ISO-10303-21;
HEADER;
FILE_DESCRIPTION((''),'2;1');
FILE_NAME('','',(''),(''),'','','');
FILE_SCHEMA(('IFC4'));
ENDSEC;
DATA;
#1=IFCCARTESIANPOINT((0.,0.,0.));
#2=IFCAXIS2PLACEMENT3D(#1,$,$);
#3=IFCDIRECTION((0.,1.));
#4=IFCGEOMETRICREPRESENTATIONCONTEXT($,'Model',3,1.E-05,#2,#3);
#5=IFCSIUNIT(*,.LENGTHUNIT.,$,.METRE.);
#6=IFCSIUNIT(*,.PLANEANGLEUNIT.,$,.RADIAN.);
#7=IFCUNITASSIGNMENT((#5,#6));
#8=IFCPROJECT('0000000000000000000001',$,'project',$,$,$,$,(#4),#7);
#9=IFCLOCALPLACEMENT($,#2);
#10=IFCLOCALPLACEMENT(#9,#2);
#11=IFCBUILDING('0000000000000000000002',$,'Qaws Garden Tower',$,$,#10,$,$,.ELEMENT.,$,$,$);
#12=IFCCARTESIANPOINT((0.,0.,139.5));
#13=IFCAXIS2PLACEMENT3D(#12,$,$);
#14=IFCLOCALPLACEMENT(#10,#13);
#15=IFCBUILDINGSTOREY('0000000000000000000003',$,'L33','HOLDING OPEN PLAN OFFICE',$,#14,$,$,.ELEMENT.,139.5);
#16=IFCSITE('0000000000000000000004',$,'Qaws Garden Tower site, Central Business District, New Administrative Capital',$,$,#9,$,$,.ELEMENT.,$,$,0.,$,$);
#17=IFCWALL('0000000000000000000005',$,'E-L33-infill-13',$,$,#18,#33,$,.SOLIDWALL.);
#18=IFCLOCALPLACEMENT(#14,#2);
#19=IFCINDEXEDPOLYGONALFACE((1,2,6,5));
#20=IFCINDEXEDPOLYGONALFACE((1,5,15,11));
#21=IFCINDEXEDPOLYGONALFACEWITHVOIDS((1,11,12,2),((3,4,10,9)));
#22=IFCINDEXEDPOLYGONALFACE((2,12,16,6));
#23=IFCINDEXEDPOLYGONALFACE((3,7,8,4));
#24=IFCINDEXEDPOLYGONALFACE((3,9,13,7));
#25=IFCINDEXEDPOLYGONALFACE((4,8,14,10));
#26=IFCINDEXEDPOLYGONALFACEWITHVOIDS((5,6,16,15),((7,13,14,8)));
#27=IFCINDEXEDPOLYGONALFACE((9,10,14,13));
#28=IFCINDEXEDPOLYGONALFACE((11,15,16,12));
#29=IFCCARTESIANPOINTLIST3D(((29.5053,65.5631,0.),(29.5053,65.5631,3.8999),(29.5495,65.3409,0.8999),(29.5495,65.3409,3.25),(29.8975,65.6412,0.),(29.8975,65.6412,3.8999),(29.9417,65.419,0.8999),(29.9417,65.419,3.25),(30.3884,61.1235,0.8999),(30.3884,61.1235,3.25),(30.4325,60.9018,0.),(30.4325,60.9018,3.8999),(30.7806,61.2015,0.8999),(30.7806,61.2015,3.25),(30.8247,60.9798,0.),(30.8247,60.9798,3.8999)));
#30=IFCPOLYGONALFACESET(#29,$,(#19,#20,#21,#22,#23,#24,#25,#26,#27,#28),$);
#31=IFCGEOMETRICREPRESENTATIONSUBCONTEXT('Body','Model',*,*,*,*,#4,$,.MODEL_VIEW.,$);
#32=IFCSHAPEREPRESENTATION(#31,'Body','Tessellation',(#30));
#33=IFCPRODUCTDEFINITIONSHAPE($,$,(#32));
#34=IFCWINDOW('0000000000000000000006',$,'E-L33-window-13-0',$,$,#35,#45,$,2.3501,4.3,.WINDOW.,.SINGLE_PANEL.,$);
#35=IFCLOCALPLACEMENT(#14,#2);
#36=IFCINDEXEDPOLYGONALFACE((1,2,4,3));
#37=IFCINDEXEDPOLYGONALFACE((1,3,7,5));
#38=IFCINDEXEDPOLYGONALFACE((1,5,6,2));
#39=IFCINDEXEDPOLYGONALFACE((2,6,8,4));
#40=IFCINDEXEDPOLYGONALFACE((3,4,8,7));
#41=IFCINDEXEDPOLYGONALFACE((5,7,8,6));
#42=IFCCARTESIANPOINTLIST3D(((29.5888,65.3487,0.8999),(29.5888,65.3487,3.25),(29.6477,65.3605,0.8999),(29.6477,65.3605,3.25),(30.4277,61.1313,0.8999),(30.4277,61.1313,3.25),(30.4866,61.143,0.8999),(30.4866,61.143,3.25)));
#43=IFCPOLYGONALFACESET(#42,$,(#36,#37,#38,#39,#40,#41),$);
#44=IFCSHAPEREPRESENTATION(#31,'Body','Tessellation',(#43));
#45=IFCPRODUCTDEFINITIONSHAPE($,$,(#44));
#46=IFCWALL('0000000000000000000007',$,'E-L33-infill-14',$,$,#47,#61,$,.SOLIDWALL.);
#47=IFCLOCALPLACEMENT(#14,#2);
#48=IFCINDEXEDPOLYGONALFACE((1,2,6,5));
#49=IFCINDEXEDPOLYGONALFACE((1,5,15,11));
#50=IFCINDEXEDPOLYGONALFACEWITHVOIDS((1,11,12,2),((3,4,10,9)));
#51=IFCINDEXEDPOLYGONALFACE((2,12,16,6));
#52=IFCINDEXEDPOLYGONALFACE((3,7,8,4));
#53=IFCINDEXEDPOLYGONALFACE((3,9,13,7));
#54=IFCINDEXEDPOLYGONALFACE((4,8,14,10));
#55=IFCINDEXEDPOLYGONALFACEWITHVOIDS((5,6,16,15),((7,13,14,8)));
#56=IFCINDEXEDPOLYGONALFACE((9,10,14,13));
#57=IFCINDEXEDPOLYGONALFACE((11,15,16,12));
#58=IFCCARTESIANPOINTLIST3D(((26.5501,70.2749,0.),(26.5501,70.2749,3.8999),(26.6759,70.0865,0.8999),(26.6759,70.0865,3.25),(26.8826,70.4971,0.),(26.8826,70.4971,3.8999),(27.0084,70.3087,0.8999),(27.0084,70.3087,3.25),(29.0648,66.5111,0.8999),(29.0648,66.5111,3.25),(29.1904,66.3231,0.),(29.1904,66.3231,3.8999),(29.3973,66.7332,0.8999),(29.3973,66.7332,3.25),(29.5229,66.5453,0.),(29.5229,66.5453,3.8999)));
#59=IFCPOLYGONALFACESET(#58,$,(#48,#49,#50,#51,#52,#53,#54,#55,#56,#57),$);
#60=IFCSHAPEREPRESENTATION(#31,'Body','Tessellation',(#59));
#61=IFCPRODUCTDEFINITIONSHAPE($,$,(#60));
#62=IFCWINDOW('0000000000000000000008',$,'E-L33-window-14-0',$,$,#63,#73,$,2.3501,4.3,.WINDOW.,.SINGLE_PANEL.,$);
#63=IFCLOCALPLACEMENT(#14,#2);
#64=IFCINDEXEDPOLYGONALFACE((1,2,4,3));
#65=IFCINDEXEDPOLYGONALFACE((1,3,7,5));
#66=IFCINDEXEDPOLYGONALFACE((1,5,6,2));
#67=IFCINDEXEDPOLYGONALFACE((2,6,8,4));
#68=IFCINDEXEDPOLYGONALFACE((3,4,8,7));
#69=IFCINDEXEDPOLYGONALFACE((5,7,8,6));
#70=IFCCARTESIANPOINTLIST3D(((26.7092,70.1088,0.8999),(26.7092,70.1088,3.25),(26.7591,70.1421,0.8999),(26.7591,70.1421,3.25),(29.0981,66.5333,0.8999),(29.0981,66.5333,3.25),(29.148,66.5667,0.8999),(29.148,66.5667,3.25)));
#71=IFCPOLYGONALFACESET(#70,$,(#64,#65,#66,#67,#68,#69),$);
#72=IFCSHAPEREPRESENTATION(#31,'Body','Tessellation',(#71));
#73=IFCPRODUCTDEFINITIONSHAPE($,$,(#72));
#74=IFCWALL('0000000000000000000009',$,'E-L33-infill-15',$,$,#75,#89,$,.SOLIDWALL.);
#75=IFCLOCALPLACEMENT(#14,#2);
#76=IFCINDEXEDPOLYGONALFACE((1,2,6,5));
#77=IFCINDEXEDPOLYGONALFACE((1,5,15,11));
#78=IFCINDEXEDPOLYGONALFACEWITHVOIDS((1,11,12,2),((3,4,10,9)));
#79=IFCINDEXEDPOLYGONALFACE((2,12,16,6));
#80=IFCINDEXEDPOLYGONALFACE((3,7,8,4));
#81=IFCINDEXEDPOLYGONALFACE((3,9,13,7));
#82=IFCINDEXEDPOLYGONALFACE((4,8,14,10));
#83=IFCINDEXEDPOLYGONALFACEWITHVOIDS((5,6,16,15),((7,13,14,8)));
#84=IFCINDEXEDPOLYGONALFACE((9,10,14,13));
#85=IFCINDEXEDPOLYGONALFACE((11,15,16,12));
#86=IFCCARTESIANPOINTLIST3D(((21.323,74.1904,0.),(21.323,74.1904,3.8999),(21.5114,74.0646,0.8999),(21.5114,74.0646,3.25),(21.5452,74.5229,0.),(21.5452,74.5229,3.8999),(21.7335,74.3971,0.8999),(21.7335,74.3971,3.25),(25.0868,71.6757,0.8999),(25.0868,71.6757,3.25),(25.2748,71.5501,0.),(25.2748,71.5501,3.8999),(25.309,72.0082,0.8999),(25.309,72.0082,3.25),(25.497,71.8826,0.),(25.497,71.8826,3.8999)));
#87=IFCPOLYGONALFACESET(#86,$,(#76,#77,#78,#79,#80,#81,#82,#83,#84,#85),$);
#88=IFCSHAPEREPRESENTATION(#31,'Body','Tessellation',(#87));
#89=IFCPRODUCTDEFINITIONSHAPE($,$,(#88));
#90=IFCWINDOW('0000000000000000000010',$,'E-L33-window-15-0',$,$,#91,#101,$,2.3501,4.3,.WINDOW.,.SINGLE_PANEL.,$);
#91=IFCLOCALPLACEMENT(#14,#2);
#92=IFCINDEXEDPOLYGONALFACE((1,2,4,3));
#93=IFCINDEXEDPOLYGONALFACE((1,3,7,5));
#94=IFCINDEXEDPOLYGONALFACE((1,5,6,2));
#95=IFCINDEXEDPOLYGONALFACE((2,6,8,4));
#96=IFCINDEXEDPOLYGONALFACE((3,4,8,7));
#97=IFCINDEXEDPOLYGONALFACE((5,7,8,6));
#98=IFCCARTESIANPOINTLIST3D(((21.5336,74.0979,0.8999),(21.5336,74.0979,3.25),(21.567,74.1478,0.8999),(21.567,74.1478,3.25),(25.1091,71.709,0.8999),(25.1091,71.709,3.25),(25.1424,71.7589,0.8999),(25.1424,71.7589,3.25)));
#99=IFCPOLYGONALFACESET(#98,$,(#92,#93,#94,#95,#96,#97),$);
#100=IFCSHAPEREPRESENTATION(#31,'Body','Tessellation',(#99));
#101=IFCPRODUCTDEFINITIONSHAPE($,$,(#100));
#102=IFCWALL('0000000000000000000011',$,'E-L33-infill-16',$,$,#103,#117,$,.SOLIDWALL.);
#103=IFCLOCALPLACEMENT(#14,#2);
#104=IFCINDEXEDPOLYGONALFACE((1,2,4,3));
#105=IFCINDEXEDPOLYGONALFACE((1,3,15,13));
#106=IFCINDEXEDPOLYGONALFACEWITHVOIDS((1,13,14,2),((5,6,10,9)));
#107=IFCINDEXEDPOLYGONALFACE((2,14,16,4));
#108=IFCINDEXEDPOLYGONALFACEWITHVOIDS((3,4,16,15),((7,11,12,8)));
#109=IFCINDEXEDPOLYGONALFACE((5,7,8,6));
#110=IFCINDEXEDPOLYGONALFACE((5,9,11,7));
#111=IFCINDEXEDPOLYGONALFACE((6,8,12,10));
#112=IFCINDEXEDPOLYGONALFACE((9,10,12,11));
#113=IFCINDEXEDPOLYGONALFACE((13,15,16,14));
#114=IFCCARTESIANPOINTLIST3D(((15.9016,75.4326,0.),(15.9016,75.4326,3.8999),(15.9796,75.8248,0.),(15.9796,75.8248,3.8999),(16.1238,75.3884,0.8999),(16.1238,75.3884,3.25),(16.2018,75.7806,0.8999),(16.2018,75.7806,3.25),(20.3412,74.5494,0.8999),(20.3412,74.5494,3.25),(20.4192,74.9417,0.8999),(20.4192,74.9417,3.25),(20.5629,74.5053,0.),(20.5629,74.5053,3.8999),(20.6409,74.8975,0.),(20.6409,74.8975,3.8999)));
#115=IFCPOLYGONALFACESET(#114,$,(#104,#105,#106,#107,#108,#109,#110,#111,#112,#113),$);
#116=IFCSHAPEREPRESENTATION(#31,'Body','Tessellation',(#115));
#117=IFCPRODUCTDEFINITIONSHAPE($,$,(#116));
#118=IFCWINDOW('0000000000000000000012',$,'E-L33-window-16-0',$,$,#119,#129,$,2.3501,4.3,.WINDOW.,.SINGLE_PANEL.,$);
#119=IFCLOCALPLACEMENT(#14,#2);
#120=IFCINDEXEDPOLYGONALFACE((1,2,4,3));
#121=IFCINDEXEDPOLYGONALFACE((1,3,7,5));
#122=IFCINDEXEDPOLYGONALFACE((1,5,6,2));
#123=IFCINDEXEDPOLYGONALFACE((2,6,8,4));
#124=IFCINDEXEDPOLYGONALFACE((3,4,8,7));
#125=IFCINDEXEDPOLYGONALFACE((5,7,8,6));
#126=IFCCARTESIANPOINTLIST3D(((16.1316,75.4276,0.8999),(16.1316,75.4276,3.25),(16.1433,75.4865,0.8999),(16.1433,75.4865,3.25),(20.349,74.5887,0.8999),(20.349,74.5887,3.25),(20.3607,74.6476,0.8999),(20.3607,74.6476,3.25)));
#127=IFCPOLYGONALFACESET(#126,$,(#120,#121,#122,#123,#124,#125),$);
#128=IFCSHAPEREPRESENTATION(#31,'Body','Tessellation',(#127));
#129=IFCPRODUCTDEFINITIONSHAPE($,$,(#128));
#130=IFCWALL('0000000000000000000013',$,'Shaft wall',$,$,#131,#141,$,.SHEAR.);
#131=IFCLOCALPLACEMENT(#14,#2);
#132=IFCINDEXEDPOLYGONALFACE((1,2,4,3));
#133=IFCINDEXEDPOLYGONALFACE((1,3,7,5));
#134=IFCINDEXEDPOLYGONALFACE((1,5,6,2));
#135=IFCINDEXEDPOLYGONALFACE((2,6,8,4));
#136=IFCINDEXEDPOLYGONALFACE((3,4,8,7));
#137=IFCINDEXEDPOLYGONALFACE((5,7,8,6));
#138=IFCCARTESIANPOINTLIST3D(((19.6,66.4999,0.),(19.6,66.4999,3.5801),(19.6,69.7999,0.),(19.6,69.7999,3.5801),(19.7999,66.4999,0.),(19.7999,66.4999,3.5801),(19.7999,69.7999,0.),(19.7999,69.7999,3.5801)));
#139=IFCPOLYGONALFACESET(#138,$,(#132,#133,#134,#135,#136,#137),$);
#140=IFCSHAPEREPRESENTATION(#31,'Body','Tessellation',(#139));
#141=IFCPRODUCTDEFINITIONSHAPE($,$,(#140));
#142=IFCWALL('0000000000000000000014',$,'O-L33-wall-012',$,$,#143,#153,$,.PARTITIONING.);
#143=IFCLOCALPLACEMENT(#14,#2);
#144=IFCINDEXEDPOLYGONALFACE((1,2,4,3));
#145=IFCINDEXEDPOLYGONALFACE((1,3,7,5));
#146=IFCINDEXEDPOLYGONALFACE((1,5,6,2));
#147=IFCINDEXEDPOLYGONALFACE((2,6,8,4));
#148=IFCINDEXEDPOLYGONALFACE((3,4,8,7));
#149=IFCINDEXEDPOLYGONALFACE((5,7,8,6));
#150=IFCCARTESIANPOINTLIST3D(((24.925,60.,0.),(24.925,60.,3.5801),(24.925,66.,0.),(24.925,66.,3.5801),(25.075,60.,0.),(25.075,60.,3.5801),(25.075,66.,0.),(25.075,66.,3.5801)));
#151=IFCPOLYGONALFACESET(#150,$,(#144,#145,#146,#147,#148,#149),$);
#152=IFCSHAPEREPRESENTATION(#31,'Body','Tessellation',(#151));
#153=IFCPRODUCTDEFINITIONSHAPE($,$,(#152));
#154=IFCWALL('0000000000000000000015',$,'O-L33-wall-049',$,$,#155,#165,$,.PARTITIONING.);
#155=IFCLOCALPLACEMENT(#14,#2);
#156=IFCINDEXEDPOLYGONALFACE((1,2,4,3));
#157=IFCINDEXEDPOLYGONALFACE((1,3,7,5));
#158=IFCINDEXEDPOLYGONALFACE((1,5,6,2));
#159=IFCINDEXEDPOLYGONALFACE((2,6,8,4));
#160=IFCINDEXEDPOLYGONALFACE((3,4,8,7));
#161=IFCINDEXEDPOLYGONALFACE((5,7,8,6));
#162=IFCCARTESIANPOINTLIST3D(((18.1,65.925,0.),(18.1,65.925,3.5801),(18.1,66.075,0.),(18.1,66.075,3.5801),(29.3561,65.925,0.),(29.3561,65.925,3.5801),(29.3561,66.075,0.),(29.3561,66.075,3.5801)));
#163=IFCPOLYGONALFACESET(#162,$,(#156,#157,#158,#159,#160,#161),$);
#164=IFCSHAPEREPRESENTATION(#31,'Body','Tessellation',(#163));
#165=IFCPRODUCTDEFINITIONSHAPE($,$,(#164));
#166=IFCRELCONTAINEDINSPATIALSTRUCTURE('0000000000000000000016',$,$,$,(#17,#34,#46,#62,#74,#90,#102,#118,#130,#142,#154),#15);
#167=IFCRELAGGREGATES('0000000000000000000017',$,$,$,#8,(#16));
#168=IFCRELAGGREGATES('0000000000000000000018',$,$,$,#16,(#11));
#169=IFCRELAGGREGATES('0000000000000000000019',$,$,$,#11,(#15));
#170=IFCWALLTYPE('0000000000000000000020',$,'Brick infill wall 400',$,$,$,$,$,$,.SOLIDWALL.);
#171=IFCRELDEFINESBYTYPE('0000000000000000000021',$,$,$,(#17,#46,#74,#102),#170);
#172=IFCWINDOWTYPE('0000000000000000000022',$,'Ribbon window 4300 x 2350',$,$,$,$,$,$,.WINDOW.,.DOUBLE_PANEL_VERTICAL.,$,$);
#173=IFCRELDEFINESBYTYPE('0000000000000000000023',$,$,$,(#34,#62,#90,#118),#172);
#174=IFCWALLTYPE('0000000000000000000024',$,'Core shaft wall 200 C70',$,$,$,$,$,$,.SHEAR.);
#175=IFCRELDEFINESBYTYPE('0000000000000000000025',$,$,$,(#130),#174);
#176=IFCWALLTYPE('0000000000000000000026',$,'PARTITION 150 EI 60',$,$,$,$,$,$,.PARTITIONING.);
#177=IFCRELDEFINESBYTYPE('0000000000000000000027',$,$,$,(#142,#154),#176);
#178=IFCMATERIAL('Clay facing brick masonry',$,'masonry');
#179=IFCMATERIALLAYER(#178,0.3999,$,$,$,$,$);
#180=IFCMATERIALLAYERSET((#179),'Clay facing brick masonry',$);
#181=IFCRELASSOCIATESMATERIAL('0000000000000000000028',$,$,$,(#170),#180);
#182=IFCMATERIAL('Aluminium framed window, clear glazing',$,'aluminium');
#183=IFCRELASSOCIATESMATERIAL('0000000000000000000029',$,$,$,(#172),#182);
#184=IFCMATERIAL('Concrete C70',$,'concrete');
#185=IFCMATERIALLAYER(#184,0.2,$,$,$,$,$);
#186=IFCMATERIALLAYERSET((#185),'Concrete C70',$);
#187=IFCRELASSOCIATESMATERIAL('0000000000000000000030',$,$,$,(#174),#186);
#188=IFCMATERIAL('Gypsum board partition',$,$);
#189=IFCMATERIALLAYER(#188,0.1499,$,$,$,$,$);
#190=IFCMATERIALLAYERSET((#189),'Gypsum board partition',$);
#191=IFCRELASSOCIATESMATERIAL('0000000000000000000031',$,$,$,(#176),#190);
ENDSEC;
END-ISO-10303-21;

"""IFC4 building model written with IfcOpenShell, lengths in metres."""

from ifc_helpers import new_model, si_unit, direction, frame, frame_2d, origin, place, context, subcontext, project, spatial, rectangle, extrude, material, layer, layer_set, type_object, element, fill, save


model = new_model("IFC4")

# Units and contexts
model_context = context("Model", 3, precision=1e-05, world=origin(), true_north=direction((0.0, 1.0)))
body_context = subcontext(model_context, "Body", "Model", "MODEL_VIEW")
ifc_project = project(units=[si_unit("LENGTHUNIT", "METRE"), si_unit("PLANEANGLEUNIT", "RADIAN")], contexts=[model_context])

# Site, building, storey
site_placement = place(None, origin())
site = spatial("IfcSite", under=ifc_project, at=site_placement, Name="Qaws Garden Tower site, Central Business District, New Administrative Capital", CompositionType="ELEMENT", RefElevation=0.0)
building_placement = place(site_placement, origin())
building = spatial("IfcBuilding", under=site, at=building_placement, Name="Qaws Garden Tower", CompositionType="ELEMENT")
storey_placement = place(building_placement, frame((0.0, 0.0, 139.5)))
storey = spatial("IfcBuildingStorey", under=building, at=storey_placement, Name="L33", Description="HOLDING OPEN PLAN OFFICE", CompositionType="ELEMENT", Elevation=139.5)

# Walls, openings, windows
ifc_material_1 = material(Name="Clay facing brick masonry", Category="masonry")
ifc_layer_1 = layer(ifc_material_1, 0.3999)
ifc_layer_set_1 = layer_set([ifc_layer_1], Name="Clay facing brick masonry")
wall_type_1 = type_object("IfcWallType", Name="Brick infill wall 400", PredefinedType="SOLIDWALL", material=ifc_layer_set_1)
wall_1_placement = place(storey_placement, frame((30.6287, 60.9407, 0.0), z_axis=(0.0, 0.0, 1.0), x_axis=(-0.195099, 0.980784, 0.0)))
wall_1 = element("IfcWall", 1, at=wall_1_placement, inside=storey, type_object=wall_type_1, Name="E-L33-infill-13", PredefinedType="SOLIDWALL", context=body_context, shape_type="SweptSolid", body=[
    extrude(rectangle(XDim=4.7527, YDim=0.3999, at=frame_2d((2.3765, 0.0))), origin(), (0.0, 0.0, 1.0), 3.8999),
])
opening_1_placement = place(wall_1_placement, frame((0.2263, 0.0, 0.8999)))
opening_1 = element("IfcOpeningElement", 2, at=opening_1_placement, cuts=wall_1, PredefinedType="OPENING", context=body_context, shape_type="SweptSolid", body=[
    extrude(rectangle(XDim=4.3, YDim=2.3501, at=frame_2d((2.1499, 1.175))), frame((0.0, 0.21, 0.0), z_axis=(0.0, -1.0, 0.0), x_axis=(1.0, 0.0, 0.0)), (0.0, 0.0, 1.0), 0.4199),
])
ifc_material_2 = material(Name="Aluminium framed window, clear glazing", Category="aluminium")
window_type = type_object("IfcWindowType", Name="Ribbon window 4300 x 2350", PartitioningType="DOUBLE_PANEL_VERTICAL", PredefinedType="WINDOW", material=ifc_material_2)
window_1_placement = place(opening_1_placement, origin())
window_1 = element("IfcWindow", 3, at=window_1_placement, inside=storey, type_object=window_type, Name="E-L33-window-13-0", OverallHeight=2.3501, OverallWidth=4.3, PartitioningType="SINGLE_PANEL", PredefinedType="WINDOW", context=body_context, shape_type="SweptSolid", body=[
    extrude(rectangle(XDim=4.3, YDim=2.3501, at=frame_2d((2.1499, 1.175))), frame((0.0, 0.1599, 0.0), z_axis=(0.0, -1.0, 0.0), x_axis=(1.0, 0.0, 0.0)), (0.0, 0.0, 1.0), 0.0601),
])
fill(opening_1, window_1)
wall_2_placement = place(storey_placement, frame((29.3567, 66.4341, 0.0), z_axis=(0.0, 0.0, 1.0), x_axis=(-0.555542, 0.831489, 0.0)))
wall_2 = element("IfcWall", 4, at=wall_2_placement, inside=storey, type_object=wall_type_1, Name="E-L33-infill-14", PredefinedType="SOLIDWALL", context=body_context, shape_type="SweptSolid", body=[
    extrude(rectangle(XDim=4.7527, YDim=0.3999, at=frame_2d((2.3765, 0.0))), origin(), (0.0, 0.0, 1.0), 3.8999),
])
opening_2_placement = place(wall_2_placement, frame((0.2263, 0.0, 0.8999)))
opening_2 = element("IfcOpeningElement", 5, at=opening_2_placement, cuts=wall_2, PredefinedType="OPENING", context=body_context, shape_type="SweptSolid", body=[
    extrude(rectangle(XDim=4.3, YDim=2.3501, at=frame_2d((2.1499, 1.175))), frame((0.0, 0.21, 0.0), z_axis=(0.0, -1.0, 0.0), x_axis=(1.0, 0.0, 0.0)), (0.0, 0.0, 1.0), 0.4199),
])
window_2_placement = place(opening_2_placement, origin())
window_2 = element("IfcWindow", 6, at=window_2_placement, inside=storey, type_object=window_type, Name="E-L33-window-14-0", OverallHeight=2.3501, OverallWidth=4.3, PartitioningType="SINGLE_PANEL", PredefinedType="WINDOW", context=body_context, shape_type="SweptSolid", body=[
    extrude(rectangle(XDim=4.3, YDim=2.3501, at=frame_2d((2.1499, 1.175))), frame((0.0, 0.1599, 0.0), z_axis=(0.0, -1.0, 0.0), x_axis=(1.0, 0.0, 0.0)), (0.0, 0.0, 1.0), 0.0601),
])
fill(opening_2, window_2)
wall_3_placement = place(storey_placement, frame((25.386, 71.7163, 0.0), z_axis=(0.0, 0.0, 1.0), x_axis=(-0.831489, 0.555542, 0.0)))
wall_3 = element("IfcWall", 7, at=wall_3_placement, inside=storey, type_object=wall_type_1, Name="E-L33-infill-15", PredefinedType="SOLIDWALL", context=body_context, shape_type="SweptSolid", body=[
    extrude(rectangle(XDim=4.7527, YDim=0.3999, at=frame_2d((2.3765, 0.0))), origin(), (0.0, 0.0, 1.0), 3.8999),
])
opening_3_placement = place(wall_3_placement, frame((0.2263, 0.0, 0.8999)))
opening_3 = element("IfcOpeningElement", 8, at=opening_3_placement, cuts=wall_3, PredefinedType="OPENING", context=body_context, shape_type="SweptSolid", body=[
    extrude(rectangle(XDim=4.3, YDim=2.3501, at=frame_2d((2.1499, 1.175))), frame((0.0, 0.21, 0.0), z_axis=(0.0, -1.0, 0.0), x_axis=(1.0, 0.0, 0.0)), (0.0, 0.0, 1.0), 0.4199),
])
window_3_placement = place(opening_3_placement, origin())
window_3 = element("IfcWindow", 9, at=window_3_placement, inside=storey, type_object=window_type, Name="E-L33-window-15-0", OverallHeight=2.3501, OverallWidth=4.3, PartitioningType="SINGLE_PANEL", PredefinedType="WINDOW", context=body_context, shape_type="SweptSolid", body=[
    extrude(rectangle(XDim=4.3, YDim=2.3501, at=frame_2d((2.1499, 1.175))), frame((0.0, 0.1599, 0.0), z_axis=(0.0, -1.0, 0.0), x_axis=(1.0, 0.0, 0.0)), (0.0, 0.0, 1.0), 0.0601),
])
fill(opening_3, window_3)
wall_4_placement = place(storey_placement, frame((20.6021, 74.7014, 0.0), z_axis=(0.0, 0.0, 1.0), x_axis=(-0.980784, 0.195099, 0.0)))
wall_4 = element("IfcWall", 10, at=wall_4_placement, inside=storey, type_object=wall_type_1, Name="E-L33-infill-16", PredefinedType="SOLIDWALL", context=body_context, shape_type="SweptSolid", body=[
    extrude(rectangle(XDim=4.7527, YDim=0.3999, at=frame_2d((2.3765, 0.0))), origin(), (0.0, 0.0, 1.0), 3.8999),
])
opening_4_placement = place(wall_4_placement, frame((0.2263, 0.0, 0.8999)))
opening_4 = element("IfcOpeningElement", 11, at=opening_4_placement, cuts=wall_4, PredefinedType="OPENING", context=body_context, shape_type="SweptSolid", body=[
    extrude(rectangle(XDim=4.3, YDim=2.3501, at=frame_2d((2.1499, 1.175))), frame((0.0, 0.21, 0.0), z_axis=(0.0, -1.0, 0.0), x_axis=(1.0, 0.0, 0.0)), (0.0, 0.0, 1.0), 0.4199),
])
window_4_placement = place(opening_4_placement, origin())
window_4 = element("IfcWindow", 12, at=window_4_placement, inside=storey, type_object=window_type, Name="E-L33-window-16-0", OverallHeight=2.3501, OverallWidth=4.3, PartitioningType="SINGLE_PANEL", PredefinedType="WINDOW", context=body_context, shape_type="SweptSolid", body=[
    extrude(rectangle(XDim=4.3, YDim=2.3501, at=frame_2d((2.1499, 1.175))), frame((0.0, 0.1599, 0.0), z_axis=(0.0, -1.0, 0.0), x_axis=(1.0, 0.0, 0.0)), (0.0, 0.0, 1.0), 0.0601),
])
fill(opening_4, window_4)

# Walls
ifc_material_3 = material(Name="Concrete C70", Category="concrete")
ifc_layer_2 = layer(ifc_material_3, 0.2)
ifc_layer_set_2 = layer_set([ifc_layer_2], Name="Concrete C70")
wall_type_2 = type_object("IfcWallType", Name="Core shaft wall 200 C70", PredefinedType="SHEAR", material=ifc_layer_set_2)
wall_5_placement = place(storey_placement, frame((19.7, 66.5, 0.0), z_axis=(0.0, 0.0, 1.0), x_axis=(0.0, 1.0, 0.0)))
element("IfcWall", 13, at=wall_5_placement, inside=storey, type_object=wall_type_2, Name="Shaft wall", PredefinedType="SHEAR", context=body_context, shape_type="SweptSolid", body=[
    extrude(rectangle(XDim=3.3, YDim=0.2, at=frame_2d((1.6499, 0.0))), origin(), (0.0, 0.0, 1.0), 3.5801),
])
ifc_material_4 = material(Name="Gypsum board partition")
ifc_layer_3 = layer(ifc_material_4, 0.1499)
ifc_layer_set_3 = layer_set([ifc_layer_3], Name="Gypsum board partition")
wall_type_3 = type_object("IfcWallType", Name="PARTITION 150 EI 60", PredefinedType="PARTITIONING", material=ifc_layer_set_3)
wall_6_placement = place(storey_placement, frame((25.0, 60.0, 0.0), z_axis=(0.0, 0.0, 1.0), x_axis=(0.0, 1.0, 0.0)))
element("IfcWall", 14, at=wall_6_placement, inside=storey, type_object=wall_type_3, Name="O-L33-wall-012", PredefinedType="PARTITIONING", context=body_context, shape_type="SweptSolid", body=[
    extrude(rectangle(XDim=6.0, YDim=0.1499, at=frame_2d((3.0, 0.0))), origin(), (0.0, 0.0, 1.0), 3.5801),
])
wall_7_placement = place(storey_placement, frame((18.1001, 66.0, 0.0), z_axis=(0.0, 0.0, 1.0), x_axis=(1.0, 0.0, 0.0)))
element("IfcWall", 15, at=wall_7_placement, inside=storey, type_object=wall_type_3, Name="O-L33-wall-049", PredefinedType="PARTITIONING", context=body_context, shape_type="SweptSolid", body=[
    extrude(rectangle(XDim=11.2561, YDim=0.1499, at=frame_2d((5.6279, 0.0))), origin(), (0.0, 0.0, 1.0), 3.5801),
])

save(model, "model.ifc")
